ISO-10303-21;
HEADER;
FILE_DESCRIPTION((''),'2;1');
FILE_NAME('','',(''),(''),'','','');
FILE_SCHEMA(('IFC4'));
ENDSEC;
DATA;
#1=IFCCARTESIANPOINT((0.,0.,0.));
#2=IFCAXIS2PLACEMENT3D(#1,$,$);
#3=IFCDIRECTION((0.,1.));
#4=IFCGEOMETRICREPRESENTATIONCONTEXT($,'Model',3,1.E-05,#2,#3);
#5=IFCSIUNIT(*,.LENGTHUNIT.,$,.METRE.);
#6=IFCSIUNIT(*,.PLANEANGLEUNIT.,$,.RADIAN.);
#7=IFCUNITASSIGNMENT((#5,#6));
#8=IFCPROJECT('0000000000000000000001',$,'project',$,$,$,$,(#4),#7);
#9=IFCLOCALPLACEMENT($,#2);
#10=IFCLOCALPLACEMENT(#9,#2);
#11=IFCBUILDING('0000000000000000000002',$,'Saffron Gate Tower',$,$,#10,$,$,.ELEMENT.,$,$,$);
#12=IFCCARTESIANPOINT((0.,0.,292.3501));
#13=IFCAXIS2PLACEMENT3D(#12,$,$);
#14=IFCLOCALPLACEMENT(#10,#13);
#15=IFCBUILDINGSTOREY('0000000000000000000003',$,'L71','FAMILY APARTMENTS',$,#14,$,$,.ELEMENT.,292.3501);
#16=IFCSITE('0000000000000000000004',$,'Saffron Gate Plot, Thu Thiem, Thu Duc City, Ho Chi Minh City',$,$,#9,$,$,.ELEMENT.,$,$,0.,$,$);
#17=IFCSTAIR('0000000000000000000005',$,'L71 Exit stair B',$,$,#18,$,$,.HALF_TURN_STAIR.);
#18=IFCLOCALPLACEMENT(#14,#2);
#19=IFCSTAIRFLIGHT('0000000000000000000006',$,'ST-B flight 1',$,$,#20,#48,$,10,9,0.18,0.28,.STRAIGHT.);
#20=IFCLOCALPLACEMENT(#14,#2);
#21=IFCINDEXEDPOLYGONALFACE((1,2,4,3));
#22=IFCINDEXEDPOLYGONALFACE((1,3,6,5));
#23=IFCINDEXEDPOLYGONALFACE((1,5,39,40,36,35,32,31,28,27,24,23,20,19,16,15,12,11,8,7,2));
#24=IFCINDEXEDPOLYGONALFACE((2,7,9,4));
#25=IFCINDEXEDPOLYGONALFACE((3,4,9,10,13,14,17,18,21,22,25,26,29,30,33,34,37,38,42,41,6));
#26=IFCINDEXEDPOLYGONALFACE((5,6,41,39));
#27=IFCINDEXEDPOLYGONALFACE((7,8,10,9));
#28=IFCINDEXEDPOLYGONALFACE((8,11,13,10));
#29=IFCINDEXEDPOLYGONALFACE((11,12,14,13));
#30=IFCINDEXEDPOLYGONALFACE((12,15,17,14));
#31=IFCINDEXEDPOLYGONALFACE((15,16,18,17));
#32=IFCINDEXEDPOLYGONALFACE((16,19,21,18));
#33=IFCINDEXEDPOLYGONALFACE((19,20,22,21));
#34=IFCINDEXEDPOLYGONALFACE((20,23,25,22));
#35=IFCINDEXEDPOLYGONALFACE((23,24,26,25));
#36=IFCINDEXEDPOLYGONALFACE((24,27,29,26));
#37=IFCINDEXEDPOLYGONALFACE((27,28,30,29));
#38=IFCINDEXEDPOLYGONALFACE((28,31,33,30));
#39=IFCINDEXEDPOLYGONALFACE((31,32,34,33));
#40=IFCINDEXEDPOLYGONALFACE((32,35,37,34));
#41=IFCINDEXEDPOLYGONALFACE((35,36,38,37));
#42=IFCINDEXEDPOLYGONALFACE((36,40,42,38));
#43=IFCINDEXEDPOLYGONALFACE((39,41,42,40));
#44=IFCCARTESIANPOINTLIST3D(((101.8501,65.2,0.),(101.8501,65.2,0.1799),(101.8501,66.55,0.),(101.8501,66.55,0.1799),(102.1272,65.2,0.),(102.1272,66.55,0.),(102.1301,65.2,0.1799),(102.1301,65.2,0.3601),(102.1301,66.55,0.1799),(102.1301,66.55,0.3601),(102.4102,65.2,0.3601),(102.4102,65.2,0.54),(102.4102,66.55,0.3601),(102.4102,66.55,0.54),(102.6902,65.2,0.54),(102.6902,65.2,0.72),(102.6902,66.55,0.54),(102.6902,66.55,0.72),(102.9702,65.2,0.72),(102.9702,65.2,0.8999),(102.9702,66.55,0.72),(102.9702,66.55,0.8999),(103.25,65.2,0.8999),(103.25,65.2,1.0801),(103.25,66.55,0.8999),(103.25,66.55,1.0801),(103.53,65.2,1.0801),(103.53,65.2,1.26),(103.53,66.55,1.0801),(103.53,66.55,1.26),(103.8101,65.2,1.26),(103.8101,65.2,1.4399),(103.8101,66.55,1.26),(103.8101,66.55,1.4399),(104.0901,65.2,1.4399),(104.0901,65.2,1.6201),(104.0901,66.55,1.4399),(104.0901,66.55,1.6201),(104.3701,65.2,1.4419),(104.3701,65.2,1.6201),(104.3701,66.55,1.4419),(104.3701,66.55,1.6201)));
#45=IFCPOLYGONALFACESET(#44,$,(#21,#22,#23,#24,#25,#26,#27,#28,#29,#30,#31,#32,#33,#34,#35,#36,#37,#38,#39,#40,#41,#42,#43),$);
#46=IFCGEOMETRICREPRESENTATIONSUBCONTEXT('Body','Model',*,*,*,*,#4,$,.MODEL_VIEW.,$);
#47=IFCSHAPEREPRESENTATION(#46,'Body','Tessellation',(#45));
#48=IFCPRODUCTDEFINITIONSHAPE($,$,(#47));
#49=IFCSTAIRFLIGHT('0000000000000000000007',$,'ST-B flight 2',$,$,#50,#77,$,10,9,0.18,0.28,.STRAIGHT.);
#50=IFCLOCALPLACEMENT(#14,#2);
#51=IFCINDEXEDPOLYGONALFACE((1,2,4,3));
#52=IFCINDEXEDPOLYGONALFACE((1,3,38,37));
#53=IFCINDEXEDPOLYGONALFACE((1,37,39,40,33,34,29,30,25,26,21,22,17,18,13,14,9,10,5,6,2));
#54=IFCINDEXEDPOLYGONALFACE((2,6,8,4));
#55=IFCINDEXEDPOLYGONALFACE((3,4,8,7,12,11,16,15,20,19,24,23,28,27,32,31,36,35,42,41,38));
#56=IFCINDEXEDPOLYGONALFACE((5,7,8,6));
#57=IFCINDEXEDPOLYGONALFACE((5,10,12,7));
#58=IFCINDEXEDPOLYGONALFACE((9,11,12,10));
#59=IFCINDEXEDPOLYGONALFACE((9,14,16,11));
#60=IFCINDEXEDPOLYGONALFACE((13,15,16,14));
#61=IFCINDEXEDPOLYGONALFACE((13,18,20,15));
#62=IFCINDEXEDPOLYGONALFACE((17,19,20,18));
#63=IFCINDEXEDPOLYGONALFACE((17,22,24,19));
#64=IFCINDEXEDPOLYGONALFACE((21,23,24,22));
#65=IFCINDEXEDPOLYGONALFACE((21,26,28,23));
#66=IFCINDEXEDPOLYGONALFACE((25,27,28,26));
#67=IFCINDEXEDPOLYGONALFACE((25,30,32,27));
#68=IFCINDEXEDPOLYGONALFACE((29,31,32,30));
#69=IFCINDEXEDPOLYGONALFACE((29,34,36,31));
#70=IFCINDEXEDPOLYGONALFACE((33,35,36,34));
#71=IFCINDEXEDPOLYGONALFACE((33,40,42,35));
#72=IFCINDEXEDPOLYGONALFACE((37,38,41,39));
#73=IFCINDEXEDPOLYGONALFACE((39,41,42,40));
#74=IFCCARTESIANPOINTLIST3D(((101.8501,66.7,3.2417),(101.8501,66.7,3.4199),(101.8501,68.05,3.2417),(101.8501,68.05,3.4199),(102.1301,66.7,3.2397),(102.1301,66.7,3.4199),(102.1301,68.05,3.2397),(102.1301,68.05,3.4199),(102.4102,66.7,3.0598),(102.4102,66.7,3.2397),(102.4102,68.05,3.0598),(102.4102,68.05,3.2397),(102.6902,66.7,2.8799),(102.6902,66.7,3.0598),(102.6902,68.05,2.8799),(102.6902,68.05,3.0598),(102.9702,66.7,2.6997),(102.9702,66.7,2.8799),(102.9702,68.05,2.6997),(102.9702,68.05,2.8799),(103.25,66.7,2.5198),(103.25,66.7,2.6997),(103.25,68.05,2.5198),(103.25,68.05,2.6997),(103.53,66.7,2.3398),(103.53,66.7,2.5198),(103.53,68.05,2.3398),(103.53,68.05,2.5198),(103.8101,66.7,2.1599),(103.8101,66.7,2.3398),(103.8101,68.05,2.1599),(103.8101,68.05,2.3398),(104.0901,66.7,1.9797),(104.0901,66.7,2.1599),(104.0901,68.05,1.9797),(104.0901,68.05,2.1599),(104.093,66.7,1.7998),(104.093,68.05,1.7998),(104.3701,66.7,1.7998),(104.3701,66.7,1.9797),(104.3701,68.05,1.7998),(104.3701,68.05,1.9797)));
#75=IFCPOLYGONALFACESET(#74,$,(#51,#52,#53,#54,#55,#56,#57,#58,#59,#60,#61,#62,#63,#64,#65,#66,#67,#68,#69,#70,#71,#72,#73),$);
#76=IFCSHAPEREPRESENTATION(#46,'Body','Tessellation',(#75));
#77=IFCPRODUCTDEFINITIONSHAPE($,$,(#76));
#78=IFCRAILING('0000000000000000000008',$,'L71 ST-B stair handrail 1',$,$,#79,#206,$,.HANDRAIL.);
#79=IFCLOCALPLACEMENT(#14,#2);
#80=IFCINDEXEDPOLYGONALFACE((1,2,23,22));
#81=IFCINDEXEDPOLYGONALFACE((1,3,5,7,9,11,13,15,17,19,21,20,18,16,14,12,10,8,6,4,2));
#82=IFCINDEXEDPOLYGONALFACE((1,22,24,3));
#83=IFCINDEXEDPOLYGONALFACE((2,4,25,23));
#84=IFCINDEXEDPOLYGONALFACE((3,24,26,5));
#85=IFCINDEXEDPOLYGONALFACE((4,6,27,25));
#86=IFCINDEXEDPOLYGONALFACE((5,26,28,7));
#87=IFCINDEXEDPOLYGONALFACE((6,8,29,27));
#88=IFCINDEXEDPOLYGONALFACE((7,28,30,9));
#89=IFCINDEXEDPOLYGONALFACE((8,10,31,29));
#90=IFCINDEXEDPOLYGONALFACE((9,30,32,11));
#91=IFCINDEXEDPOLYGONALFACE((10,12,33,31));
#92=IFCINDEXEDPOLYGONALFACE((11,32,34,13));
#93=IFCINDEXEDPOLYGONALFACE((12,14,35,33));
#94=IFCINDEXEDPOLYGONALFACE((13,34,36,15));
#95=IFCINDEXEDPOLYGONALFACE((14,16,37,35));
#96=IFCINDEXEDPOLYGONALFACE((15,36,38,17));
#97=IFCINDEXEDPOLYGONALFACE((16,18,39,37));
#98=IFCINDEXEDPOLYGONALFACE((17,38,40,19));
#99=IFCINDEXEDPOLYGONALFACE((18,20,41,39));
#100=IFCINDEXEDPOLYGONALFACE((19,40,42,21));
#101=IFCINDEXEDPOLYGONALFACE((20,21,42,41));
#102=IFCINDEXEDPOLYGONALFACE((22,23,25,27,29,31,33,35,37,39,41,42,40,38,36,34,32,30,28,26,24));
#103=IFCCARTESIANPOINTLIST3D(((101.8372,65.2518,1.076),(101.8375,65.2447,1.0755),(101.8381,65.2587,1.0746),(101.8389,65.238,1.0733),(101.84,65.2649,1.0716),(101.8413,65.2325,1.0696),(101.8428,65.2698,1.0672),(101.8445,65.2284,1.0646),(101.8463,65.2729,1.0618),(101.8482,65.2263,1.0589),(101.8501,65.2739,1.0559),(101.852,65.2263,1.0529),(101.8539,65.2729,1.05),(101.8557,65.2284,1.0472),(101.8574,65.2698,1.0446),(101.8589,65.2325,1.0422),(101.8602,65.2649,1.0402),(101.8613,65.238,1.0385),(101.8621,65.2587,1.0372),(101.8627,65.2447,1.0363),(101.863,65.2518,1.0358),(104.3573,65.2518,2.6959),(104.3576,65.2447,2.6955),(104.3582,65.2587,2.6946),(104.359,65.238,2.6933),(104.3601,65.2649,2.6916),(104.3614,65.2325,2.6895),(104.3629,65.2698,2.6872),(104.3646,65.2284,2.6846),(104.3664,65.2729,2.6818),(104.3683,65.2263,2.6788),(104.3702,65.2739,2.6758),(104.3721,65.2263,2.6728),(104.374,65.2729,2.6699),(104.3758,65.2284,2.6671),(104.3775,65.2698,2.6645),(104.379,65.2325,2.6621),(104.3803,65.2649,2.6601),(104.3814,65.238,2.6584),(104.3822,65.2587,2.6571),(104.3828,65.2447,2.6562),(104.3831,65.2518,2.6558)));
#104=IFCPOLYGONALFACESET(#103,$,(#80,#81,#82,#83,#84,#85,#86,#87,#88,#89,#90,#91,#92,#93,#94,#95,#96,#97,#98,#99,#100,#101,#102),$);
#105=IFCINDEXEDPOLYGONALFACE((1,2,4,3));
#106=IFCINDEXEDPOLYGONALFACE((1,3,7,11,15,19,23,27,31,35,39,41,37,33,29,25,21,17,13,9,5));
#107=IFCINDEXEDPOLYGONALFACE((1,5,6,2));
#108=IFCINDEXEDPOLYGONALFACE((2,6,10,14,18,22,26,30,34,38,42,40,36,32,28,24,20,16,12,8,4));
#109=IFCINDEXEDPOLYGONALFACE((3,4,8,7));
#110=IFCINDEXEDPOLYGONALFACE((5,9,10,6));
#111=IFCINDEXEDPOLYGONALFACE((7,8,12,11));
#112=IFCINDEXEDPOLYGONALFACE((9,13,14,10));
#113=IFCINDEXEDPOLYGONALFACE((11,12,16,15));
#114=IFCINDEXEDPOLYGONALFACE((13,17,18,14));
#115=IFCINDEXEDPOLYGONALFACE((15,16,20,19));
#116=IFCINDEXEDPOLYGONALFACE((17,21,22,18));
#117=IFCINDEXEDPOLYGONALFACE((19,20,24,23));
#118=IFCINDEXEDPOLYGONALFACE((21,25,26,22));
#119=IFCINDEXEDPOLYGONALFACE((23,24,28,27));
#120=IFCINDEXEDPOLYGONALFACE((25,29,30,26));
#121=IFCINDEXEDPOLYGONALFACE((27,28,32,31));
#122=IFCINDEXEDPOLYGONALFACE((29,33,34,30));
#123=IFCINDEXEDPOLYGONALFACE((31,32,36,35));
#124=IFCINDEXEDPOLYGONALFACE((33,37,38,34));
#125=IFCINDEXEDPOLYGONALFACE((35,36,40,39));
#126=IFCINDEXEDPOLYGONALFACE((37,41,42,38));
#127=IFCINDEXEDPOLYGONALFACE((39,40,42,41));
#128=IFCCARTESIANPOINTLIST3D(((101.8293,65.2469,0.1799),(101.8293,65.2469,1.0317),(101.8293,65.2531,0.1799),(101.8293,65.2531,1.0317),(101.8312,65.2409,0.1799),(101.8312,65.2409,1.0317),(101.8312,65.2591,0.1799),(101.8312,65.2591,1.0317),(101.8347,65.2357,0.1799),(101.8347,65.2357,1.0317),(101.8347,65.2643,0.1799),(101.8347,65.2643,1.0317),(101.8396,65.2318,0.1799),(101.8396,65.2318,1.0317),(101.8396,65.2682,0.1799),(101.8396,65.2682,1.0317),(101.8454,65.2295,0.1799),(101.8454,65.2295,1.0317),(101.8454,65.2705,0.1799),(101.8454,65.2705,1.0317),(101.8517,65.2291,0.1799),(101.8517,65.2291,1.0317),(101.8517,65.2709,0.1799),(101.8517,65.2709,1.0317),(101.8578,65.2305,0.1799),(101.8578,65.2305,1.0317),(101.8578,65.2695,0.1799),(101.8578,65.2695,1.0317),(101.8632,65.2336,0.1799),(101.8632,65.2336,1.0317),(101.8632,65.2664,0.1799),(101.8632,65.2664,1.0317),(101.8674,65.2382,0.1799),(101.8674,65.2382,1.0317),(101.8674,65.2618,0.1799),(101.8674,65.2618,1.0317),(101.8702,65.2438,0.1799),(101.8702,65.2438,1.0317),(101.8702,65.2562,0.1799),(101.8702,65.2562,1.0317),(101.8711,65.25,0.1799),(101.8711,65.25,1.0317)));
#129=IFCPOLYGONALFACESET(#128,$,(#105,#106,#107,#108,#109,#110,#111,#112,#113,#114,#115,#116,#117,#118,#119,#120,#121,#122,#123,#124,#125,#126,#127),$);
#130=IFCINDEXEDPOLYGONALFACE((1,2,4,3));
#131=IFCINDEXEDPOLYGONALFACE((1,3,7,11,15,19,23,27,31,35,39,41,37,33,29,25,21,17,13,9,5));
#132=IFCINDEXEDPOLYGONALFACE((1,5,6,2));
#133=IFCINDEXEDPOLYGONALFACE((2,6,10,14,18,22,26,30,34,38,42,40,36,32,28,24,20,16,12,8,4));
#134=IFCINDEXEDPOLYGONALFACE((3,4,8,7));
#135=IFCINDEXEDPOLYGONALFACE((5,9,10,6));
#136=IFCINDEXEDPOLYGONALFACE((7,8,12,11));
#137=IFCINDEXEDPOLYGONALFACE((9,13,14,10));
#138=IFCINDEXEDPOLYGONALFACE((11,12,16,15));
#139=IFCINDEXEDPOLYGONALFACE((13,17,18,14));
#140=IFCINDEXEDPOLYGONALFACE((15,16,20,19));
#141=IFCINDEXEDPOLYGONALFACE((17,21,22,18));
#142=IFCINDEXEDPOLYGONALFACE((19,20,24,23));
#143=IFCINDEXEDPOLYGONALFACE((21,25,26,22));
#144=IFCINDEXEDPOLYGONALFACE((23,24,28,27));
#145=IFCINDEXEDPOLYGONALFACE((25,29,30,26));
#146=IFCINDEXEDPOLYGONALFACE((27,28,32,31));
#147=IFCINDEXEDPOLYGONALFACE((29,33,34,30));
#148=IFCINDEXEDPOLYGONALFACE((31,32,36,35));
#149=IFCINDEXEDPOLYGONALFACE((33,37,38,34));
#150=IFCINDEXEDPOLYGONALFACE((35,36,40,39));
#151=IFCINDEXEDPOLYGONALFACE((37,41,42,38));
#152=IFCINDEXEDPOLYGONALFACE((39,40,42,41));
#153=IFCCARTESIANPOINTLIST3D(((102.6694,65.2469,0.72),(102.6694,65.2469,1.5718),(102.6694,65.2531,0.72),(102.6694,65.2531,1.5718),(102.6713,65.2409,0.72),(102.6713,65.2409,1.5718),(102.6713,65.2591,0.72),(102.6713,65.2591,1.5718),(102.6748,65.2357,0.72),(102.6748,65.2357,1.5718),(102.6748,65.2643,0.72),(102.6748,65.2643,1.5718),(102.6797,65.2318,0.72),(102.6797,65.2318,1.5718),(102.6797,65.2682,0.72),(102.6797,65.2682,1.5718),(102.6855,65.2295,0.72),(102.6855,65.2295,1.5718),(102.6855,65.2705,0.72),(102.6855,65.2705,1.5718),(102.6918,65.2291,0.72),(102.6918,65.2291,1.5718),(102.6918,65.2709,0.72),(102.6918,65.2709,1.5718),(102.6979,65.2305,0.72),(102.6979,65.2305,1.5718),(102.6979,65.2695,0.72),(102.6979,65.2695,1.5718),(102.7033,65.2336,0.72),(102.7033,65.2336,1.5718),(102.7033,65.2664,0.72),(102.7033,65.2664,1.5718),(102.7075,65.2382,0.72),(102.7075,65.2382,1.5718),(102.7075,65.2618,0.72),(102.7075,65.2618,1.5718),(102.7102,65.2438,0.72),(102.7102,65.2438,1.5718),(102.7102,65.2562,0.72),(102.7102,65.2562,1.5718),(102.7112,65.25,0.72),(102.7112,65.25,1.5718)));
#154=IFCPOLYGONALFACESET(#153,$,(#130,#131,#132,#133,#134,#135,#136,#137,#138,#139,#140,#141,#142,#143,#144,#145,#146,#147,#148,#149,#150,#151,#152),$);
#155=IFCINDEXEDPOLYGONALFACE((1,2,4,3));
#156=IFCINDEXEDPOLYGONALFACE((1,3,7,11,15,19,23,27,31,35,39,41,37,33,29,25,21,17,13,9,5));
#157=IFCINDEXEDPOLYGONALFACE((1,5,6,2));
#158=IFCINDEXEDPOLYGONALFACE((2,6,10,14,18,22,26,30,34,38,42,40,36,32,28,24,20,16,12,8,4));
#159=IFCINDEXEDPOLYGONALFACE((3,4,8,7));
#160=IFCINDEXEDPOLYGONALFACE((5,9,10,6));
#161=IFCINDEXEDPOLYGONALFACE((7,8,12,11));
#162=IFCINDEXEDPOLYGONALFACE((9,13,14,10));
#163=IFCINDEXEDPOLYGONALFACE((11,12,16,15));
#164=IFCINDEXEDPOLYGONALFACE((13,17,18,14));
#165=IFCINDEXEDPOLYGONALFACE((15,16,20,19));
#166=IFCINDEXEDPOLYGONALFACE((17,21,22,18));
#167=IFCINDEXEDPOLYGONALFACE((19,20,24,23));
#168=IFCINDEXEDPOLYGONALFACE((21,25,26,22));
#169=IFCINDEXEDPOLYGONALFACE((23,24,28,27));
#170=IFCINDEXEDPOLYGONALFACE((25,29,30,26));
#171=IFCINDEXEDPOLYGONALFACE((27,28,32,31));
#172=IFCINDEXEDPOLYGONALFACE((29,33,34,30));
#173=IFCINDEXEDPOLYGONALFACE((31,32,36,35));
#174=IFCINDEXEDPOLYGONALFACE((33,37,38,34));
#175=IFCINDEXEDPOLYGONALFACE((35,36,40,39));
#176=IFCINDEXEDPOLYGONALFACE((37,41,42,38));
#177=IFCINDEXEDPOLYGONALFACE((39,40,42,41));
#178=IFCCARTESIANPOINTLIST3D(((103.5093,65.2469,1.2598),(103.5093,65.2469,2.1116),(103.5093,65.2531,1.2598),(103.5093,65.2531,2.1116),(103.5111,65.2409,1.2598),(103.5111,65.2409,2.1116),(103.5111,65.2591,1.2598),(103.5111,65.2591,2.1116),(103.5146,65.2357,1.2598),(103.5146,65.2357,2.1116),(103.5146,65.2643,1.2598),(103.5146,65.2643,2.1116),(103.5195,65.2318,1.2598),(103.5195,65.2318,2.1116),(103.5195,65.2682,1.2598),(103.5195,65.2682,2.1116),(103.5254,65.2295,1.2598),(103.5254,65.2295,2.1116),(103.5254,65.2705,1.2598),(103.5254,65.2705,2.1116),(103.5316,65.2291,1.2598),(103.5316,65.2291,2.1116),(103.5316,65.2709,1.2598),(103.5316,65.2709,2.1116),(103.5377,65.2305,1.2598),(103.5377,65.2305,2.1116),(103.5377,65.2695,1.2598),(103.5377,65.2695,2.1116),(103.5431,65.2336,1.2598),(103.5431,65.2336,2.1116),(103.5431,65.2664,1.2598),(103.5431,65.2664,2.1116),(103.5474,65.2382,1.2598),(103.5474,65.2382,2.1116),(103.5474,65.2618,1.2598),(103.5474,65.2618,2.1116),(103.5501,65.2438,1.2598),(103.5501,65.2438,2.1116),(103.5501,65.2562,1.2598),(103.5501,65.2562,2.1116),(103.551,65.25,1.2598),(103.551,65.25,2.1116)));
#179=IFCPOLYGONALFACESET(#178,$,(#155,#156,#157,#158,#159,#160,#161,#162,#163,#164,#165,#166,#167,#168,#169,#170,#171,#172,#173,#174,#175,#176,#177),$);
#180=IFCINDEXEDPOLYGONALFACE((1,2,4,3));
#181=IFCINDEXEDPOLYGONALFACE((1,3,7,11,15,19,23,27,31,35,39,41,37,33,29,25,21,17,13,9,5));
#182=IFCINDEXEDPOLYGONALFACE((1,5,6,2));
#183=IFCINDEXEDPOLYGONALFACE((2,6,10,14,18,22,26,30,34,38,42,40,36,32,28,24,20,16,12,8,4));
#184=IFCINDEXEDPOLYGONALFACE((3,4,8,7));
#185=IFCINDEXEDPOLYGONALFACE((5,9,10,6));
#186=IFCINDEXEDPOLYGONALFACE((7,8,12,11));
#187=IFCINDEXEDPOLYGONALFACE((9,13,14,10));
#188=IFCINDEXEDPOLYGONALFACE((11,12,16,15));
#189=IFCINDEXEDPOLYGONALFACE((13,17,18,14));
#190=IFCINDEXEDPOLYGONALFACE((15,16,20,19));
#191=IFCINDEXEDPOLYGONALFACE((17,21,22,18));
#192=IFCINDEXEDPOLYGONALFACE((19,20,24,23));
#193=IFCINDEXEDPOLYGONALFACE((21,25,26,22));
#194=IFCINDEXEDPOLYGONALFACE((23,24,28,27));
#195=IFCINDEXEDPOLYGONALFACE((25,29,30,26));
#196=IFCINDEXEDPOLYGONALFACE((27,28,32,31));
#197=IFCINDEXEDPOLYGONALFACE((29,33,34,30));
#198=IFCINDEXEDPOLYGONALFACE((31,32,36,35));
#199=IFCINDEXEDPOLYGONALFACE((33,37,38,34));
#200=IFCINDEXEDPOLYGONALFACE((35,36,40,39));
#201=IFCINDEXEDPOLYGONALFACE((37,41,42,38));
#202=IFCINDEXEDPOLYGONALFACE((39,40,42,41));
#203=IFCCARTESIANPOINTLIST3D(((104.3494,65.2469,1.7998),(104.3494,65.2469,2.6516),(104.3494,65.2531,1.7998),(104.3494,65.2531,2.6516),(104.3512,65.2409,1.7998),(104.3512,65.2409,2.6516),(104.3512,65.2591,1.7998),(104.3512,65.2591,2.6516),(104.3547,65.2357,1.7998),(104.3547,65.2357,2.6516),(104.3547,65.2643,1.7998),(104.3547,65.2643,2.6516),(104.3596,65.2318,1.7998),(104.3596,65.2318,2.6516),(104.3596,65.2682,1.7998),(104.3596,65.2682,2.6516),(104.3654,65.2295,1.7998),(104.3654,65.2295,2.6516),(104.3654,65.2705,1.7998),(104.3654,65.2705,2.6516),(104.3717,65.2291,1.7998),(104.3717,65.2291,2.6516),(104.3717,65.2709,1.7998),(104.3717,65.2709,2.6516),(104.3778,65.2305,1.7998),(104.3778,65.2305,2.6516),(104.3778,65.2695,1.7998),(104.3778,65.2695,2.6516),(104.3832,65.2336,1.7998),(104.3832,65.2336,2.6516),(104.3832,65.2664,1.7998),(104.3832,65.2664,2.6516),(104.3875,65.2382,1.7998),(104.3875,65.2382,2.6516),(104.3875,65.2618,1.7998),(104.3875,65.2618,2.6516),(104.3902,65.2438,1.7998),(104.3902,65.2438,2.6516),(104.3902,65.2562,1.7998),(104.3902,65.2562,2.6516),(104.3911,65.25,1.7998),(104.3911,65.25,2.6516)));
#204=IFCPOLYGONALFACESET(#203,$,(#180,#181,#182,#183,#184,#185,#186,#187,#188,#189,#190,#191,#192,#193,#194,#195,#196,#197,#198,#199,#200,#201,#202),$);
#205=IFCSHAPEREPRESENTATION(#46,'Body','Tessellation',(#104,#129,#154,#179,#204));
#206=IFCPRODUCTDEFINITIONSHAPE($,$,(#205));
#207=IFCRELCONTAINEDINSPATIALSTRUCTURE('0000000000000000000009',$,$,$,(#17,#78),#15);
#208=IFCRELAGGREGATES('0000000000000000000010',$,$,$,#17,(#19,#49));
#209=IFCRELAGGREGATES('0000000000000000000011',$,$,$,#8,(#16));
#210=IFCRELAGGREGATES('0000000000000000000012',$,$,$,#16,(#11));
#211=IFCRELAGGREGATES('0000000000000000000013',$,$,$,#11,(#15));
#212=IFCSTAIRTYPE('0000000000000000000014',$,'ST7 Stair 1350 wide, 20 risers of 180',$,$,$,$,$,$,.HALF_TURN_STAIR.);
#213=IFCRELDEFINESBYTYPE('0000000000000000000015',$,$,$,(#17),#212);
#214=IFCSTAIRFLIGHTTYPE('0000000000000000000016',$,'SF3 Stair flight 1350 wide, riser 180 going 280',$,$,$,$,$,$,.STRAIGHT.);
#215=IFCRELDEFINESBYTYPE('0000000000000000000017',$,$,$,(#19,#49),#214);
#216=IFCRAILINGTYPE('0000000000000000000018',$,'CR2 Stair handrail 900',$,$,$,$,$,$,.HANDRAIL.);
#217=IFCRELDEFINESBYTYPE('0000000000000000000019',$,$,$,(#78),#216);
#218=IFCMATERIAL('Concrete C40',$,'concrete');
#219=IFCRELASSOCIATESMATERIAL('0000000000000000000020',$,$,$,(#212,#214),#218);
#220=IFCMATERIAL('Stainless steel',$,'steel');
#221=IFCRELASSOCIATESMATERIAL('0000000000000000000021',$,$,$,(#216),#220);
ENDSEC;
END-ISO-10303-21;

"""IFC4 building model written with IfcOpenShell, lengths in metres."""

from ifc_helpers import new_model, si_unit, direction, frame, origin, origin_2d, place, context, subcontext, project, spatial, polyline, circle, outline, extrude, material, type_object, element, aggregate, save


model = new_model("IFC4")

# Units and contexts
model_context = context("Model", 3, precision=1e-05, world=origin(), true_north=direction((0.0, 1.0)))
body_context = subcontext(model_context, "Body", "Model", "MODEL_VIEW")
ifc_project = project(units=[si_unit("LENGTHUNIT", "METRE"), si_unit("PLANEANGLEUNIT", "RADIAN")], contexts=[model_context])

# Site, building, storey
site_placement = place(None, origin())
site = spatial("IfcSite", under=ifc_project, at=site_placement, Name="Saffron Gate Plot, Thu Thiem, Thu Duc City, Ho Chi Minh City", CompositionType="ELEMENT", RefElevation=0.0)
building_placement = place(site_placement, origin())
building = spatial("IfcBuilding", under=site, at=building_placement, Name="Saffron Gate Tower", CompositionType="ELEMENT")
storey_placement = place(building_placement, frame((0.0, 0.0, 292.3501)))
storey = spatial("IfcBuildingStorey", under=building, at=storey_placement, Name="L71", Description="FAMILY APARTMENTS", CompositionType="ELEMENT", Elevation=292.3501)

# Stair, stair flights
ifc_material_1 = material(Name="Concrete C40", Category="concrete")
stair_type = type_object("IfcStairType", Name="ST7 Stair 1350 wide, 20 risers of 180", PredefinedType="HALF_TURN_STAIR", material=ifc_material_1)
stair_placement = place(storey_placement, origin())
stair = element("IfcStair", 1, at=stair_placement, inside=storey, type_object=stair_type, Name="L71 Exit stair B", PredefinedType="HALF_TURN_STAIR")
stair_flight_type = type_object("IfcStairFlightType", Name="SF3 Stair flight 1350 wide, riser 180 going 280", PredefinedType="STRAIGHT", material=ifc_material_1)
stair_flight_1_placement = place(storey_placement, frame((101.8501, 65.875, 0.0), z_axis=(0.0, 0.0, 1.0), x_axis=(1.0, 0.0, 0.0)))
stair_flight_1 = element("IfcStairFlight", 2, at=stair_flight_1_placement, type_object=stair_flight_type, Name="ST-B flight 1", NumberOfRisers=10, NumberOfTreads=9, PredefinedType="STRAIGHT", RiserHeight=0.18, TreadLength=0.28, context=body_context, shape_type="SweptSolid", body=[
    extrude(outline(polyline([(0.0, 0.0), (0.0, 0.1799), (0.28, 0.1799), (0.28, 0.3601), (0.5601, 0.3601), (0.5601, 0.54), (0.8401, 0.54), (0.8401, 0.72), (1.1201, 0.72), (1.1201, 0.8999), (1.3999, 0.8999), (1.3999, 1.0801), (1.6799, 1.0801), (1.6799, 1.26), (1.96, 1.26), (1.96, 1.4399), (2.24, 1.4399), (2.24, 1.6201), (2.52, 1.6201), (2.52, 1.8), (2.52, 1.4419), (0.2771, 0.0), (0.0, 0.0)])), frame((0.0, 0.675, 0.0), z_axis=(0.0, -1.0, 0.0), x_axis=(1.0, 0.0, 0.0)), (0.0, 0.0, 1.0), 1.3501),
])
stair_flight_2_placement = place(storey_placement, frame((104.3701, 67.375, 1.7998), z_axis=(0.0, 0.0, 1.0), x_axis=(-1.0, 0.0, 0.0)))
stair_flight_2 = element("IfcStairFlight", 3, at=stair_flight_2_placement, type_object=stair_flight_type, Name="ST-B flight 2", NumberOfRisers=10, NumberOfTreads=9, PredefinedType="STRAIGHT", RiserHeight=0.18, TreadLength=0.28, context=body_context, shape_type="SweptSolid", body=[
    extrude(outline(polyline([(0.0, 0.0), (0.0, 0.1799), (0.28, 0.1799), (0.28, 0.3601), (0.5601, 0.3601), (0.5601, 0.54), (0.8401, 0.54), (0.8401, 0.72), (1.1201, 0.72), (1.1201, 0.8999), (1.3999, 0.8999), (1.3999, 1.0801), (1.6799, 1.0801), (1.6799, 1.26), (1.96, 1.26), (1.96, 1.4399), (2.24, 1.4399), (2.24, 1.6201), (2.52, 1.6201), (2.52, 1.8), (2.52, 1.4419), (0.2771, 0.0), (0.0, 0.0)])), frame((0.0, 0.675, 0.0), z_axis=(0.0, -1.0, 0.0), x_axis=(1.0, 0.0, 0.0)), (0.0, 0.0, 1.0), 1.3501),
])
aggregate(stair, [stair_flight_1, stair_flight_2])

# Railing
ifc_material_2 = material(Name="Stainless steel", Category="steel")
railing_type_1 = type_object("IfcRailingType", Name="CR2 Stair handrail 900", PredefinedType="HANDRAIL", material=ifc_material_2)
railing_1_placement = place(storey_placement, frame((101.8501, 65.25, 0.1799)))
element("IfcRailing", 4, at=railing_1_placement, inside=storey, type_object=railing_type_1, Name="L71 ST-B stair handrail 1", PredefinedType="HANDRAIL", context=body_context, shape_type="SweptSolid", body=[
    extrude(circle(Radius=0.0239, at=origin_2d()), frame((0.0, 0.0, 0.876), z_axis=(0.8412, 0.0, 0.540725), x_axis=(0.0, 1.0, 0.0)), (0.0, 0.0, 1.0), 2.9958),
    extrude(circle(Radius=0.021, at=origin_2d()), origin(), (0.0, 0.0, 1.0), 0.8518),
    extrude(circle(Radius=0.021, at=origin_2d()), frame((0.8401, 0.0, 0.54)), (0.0, 0.0, 1.0), 0.8518),
    extrude(circle(Radius=0.021, at=origin_2d()), frame((1.6799, 0.0, 1.0798)), (0.0, 0.0, 1.0), 0.8518),
    extrude(circle(Radius=0.021, at=origin_2d()), frame((2.52, 0.0, 1.6199)), (0.0, 0.0, 1.0), 0.8518),
])

save(model, "model.ifc")
